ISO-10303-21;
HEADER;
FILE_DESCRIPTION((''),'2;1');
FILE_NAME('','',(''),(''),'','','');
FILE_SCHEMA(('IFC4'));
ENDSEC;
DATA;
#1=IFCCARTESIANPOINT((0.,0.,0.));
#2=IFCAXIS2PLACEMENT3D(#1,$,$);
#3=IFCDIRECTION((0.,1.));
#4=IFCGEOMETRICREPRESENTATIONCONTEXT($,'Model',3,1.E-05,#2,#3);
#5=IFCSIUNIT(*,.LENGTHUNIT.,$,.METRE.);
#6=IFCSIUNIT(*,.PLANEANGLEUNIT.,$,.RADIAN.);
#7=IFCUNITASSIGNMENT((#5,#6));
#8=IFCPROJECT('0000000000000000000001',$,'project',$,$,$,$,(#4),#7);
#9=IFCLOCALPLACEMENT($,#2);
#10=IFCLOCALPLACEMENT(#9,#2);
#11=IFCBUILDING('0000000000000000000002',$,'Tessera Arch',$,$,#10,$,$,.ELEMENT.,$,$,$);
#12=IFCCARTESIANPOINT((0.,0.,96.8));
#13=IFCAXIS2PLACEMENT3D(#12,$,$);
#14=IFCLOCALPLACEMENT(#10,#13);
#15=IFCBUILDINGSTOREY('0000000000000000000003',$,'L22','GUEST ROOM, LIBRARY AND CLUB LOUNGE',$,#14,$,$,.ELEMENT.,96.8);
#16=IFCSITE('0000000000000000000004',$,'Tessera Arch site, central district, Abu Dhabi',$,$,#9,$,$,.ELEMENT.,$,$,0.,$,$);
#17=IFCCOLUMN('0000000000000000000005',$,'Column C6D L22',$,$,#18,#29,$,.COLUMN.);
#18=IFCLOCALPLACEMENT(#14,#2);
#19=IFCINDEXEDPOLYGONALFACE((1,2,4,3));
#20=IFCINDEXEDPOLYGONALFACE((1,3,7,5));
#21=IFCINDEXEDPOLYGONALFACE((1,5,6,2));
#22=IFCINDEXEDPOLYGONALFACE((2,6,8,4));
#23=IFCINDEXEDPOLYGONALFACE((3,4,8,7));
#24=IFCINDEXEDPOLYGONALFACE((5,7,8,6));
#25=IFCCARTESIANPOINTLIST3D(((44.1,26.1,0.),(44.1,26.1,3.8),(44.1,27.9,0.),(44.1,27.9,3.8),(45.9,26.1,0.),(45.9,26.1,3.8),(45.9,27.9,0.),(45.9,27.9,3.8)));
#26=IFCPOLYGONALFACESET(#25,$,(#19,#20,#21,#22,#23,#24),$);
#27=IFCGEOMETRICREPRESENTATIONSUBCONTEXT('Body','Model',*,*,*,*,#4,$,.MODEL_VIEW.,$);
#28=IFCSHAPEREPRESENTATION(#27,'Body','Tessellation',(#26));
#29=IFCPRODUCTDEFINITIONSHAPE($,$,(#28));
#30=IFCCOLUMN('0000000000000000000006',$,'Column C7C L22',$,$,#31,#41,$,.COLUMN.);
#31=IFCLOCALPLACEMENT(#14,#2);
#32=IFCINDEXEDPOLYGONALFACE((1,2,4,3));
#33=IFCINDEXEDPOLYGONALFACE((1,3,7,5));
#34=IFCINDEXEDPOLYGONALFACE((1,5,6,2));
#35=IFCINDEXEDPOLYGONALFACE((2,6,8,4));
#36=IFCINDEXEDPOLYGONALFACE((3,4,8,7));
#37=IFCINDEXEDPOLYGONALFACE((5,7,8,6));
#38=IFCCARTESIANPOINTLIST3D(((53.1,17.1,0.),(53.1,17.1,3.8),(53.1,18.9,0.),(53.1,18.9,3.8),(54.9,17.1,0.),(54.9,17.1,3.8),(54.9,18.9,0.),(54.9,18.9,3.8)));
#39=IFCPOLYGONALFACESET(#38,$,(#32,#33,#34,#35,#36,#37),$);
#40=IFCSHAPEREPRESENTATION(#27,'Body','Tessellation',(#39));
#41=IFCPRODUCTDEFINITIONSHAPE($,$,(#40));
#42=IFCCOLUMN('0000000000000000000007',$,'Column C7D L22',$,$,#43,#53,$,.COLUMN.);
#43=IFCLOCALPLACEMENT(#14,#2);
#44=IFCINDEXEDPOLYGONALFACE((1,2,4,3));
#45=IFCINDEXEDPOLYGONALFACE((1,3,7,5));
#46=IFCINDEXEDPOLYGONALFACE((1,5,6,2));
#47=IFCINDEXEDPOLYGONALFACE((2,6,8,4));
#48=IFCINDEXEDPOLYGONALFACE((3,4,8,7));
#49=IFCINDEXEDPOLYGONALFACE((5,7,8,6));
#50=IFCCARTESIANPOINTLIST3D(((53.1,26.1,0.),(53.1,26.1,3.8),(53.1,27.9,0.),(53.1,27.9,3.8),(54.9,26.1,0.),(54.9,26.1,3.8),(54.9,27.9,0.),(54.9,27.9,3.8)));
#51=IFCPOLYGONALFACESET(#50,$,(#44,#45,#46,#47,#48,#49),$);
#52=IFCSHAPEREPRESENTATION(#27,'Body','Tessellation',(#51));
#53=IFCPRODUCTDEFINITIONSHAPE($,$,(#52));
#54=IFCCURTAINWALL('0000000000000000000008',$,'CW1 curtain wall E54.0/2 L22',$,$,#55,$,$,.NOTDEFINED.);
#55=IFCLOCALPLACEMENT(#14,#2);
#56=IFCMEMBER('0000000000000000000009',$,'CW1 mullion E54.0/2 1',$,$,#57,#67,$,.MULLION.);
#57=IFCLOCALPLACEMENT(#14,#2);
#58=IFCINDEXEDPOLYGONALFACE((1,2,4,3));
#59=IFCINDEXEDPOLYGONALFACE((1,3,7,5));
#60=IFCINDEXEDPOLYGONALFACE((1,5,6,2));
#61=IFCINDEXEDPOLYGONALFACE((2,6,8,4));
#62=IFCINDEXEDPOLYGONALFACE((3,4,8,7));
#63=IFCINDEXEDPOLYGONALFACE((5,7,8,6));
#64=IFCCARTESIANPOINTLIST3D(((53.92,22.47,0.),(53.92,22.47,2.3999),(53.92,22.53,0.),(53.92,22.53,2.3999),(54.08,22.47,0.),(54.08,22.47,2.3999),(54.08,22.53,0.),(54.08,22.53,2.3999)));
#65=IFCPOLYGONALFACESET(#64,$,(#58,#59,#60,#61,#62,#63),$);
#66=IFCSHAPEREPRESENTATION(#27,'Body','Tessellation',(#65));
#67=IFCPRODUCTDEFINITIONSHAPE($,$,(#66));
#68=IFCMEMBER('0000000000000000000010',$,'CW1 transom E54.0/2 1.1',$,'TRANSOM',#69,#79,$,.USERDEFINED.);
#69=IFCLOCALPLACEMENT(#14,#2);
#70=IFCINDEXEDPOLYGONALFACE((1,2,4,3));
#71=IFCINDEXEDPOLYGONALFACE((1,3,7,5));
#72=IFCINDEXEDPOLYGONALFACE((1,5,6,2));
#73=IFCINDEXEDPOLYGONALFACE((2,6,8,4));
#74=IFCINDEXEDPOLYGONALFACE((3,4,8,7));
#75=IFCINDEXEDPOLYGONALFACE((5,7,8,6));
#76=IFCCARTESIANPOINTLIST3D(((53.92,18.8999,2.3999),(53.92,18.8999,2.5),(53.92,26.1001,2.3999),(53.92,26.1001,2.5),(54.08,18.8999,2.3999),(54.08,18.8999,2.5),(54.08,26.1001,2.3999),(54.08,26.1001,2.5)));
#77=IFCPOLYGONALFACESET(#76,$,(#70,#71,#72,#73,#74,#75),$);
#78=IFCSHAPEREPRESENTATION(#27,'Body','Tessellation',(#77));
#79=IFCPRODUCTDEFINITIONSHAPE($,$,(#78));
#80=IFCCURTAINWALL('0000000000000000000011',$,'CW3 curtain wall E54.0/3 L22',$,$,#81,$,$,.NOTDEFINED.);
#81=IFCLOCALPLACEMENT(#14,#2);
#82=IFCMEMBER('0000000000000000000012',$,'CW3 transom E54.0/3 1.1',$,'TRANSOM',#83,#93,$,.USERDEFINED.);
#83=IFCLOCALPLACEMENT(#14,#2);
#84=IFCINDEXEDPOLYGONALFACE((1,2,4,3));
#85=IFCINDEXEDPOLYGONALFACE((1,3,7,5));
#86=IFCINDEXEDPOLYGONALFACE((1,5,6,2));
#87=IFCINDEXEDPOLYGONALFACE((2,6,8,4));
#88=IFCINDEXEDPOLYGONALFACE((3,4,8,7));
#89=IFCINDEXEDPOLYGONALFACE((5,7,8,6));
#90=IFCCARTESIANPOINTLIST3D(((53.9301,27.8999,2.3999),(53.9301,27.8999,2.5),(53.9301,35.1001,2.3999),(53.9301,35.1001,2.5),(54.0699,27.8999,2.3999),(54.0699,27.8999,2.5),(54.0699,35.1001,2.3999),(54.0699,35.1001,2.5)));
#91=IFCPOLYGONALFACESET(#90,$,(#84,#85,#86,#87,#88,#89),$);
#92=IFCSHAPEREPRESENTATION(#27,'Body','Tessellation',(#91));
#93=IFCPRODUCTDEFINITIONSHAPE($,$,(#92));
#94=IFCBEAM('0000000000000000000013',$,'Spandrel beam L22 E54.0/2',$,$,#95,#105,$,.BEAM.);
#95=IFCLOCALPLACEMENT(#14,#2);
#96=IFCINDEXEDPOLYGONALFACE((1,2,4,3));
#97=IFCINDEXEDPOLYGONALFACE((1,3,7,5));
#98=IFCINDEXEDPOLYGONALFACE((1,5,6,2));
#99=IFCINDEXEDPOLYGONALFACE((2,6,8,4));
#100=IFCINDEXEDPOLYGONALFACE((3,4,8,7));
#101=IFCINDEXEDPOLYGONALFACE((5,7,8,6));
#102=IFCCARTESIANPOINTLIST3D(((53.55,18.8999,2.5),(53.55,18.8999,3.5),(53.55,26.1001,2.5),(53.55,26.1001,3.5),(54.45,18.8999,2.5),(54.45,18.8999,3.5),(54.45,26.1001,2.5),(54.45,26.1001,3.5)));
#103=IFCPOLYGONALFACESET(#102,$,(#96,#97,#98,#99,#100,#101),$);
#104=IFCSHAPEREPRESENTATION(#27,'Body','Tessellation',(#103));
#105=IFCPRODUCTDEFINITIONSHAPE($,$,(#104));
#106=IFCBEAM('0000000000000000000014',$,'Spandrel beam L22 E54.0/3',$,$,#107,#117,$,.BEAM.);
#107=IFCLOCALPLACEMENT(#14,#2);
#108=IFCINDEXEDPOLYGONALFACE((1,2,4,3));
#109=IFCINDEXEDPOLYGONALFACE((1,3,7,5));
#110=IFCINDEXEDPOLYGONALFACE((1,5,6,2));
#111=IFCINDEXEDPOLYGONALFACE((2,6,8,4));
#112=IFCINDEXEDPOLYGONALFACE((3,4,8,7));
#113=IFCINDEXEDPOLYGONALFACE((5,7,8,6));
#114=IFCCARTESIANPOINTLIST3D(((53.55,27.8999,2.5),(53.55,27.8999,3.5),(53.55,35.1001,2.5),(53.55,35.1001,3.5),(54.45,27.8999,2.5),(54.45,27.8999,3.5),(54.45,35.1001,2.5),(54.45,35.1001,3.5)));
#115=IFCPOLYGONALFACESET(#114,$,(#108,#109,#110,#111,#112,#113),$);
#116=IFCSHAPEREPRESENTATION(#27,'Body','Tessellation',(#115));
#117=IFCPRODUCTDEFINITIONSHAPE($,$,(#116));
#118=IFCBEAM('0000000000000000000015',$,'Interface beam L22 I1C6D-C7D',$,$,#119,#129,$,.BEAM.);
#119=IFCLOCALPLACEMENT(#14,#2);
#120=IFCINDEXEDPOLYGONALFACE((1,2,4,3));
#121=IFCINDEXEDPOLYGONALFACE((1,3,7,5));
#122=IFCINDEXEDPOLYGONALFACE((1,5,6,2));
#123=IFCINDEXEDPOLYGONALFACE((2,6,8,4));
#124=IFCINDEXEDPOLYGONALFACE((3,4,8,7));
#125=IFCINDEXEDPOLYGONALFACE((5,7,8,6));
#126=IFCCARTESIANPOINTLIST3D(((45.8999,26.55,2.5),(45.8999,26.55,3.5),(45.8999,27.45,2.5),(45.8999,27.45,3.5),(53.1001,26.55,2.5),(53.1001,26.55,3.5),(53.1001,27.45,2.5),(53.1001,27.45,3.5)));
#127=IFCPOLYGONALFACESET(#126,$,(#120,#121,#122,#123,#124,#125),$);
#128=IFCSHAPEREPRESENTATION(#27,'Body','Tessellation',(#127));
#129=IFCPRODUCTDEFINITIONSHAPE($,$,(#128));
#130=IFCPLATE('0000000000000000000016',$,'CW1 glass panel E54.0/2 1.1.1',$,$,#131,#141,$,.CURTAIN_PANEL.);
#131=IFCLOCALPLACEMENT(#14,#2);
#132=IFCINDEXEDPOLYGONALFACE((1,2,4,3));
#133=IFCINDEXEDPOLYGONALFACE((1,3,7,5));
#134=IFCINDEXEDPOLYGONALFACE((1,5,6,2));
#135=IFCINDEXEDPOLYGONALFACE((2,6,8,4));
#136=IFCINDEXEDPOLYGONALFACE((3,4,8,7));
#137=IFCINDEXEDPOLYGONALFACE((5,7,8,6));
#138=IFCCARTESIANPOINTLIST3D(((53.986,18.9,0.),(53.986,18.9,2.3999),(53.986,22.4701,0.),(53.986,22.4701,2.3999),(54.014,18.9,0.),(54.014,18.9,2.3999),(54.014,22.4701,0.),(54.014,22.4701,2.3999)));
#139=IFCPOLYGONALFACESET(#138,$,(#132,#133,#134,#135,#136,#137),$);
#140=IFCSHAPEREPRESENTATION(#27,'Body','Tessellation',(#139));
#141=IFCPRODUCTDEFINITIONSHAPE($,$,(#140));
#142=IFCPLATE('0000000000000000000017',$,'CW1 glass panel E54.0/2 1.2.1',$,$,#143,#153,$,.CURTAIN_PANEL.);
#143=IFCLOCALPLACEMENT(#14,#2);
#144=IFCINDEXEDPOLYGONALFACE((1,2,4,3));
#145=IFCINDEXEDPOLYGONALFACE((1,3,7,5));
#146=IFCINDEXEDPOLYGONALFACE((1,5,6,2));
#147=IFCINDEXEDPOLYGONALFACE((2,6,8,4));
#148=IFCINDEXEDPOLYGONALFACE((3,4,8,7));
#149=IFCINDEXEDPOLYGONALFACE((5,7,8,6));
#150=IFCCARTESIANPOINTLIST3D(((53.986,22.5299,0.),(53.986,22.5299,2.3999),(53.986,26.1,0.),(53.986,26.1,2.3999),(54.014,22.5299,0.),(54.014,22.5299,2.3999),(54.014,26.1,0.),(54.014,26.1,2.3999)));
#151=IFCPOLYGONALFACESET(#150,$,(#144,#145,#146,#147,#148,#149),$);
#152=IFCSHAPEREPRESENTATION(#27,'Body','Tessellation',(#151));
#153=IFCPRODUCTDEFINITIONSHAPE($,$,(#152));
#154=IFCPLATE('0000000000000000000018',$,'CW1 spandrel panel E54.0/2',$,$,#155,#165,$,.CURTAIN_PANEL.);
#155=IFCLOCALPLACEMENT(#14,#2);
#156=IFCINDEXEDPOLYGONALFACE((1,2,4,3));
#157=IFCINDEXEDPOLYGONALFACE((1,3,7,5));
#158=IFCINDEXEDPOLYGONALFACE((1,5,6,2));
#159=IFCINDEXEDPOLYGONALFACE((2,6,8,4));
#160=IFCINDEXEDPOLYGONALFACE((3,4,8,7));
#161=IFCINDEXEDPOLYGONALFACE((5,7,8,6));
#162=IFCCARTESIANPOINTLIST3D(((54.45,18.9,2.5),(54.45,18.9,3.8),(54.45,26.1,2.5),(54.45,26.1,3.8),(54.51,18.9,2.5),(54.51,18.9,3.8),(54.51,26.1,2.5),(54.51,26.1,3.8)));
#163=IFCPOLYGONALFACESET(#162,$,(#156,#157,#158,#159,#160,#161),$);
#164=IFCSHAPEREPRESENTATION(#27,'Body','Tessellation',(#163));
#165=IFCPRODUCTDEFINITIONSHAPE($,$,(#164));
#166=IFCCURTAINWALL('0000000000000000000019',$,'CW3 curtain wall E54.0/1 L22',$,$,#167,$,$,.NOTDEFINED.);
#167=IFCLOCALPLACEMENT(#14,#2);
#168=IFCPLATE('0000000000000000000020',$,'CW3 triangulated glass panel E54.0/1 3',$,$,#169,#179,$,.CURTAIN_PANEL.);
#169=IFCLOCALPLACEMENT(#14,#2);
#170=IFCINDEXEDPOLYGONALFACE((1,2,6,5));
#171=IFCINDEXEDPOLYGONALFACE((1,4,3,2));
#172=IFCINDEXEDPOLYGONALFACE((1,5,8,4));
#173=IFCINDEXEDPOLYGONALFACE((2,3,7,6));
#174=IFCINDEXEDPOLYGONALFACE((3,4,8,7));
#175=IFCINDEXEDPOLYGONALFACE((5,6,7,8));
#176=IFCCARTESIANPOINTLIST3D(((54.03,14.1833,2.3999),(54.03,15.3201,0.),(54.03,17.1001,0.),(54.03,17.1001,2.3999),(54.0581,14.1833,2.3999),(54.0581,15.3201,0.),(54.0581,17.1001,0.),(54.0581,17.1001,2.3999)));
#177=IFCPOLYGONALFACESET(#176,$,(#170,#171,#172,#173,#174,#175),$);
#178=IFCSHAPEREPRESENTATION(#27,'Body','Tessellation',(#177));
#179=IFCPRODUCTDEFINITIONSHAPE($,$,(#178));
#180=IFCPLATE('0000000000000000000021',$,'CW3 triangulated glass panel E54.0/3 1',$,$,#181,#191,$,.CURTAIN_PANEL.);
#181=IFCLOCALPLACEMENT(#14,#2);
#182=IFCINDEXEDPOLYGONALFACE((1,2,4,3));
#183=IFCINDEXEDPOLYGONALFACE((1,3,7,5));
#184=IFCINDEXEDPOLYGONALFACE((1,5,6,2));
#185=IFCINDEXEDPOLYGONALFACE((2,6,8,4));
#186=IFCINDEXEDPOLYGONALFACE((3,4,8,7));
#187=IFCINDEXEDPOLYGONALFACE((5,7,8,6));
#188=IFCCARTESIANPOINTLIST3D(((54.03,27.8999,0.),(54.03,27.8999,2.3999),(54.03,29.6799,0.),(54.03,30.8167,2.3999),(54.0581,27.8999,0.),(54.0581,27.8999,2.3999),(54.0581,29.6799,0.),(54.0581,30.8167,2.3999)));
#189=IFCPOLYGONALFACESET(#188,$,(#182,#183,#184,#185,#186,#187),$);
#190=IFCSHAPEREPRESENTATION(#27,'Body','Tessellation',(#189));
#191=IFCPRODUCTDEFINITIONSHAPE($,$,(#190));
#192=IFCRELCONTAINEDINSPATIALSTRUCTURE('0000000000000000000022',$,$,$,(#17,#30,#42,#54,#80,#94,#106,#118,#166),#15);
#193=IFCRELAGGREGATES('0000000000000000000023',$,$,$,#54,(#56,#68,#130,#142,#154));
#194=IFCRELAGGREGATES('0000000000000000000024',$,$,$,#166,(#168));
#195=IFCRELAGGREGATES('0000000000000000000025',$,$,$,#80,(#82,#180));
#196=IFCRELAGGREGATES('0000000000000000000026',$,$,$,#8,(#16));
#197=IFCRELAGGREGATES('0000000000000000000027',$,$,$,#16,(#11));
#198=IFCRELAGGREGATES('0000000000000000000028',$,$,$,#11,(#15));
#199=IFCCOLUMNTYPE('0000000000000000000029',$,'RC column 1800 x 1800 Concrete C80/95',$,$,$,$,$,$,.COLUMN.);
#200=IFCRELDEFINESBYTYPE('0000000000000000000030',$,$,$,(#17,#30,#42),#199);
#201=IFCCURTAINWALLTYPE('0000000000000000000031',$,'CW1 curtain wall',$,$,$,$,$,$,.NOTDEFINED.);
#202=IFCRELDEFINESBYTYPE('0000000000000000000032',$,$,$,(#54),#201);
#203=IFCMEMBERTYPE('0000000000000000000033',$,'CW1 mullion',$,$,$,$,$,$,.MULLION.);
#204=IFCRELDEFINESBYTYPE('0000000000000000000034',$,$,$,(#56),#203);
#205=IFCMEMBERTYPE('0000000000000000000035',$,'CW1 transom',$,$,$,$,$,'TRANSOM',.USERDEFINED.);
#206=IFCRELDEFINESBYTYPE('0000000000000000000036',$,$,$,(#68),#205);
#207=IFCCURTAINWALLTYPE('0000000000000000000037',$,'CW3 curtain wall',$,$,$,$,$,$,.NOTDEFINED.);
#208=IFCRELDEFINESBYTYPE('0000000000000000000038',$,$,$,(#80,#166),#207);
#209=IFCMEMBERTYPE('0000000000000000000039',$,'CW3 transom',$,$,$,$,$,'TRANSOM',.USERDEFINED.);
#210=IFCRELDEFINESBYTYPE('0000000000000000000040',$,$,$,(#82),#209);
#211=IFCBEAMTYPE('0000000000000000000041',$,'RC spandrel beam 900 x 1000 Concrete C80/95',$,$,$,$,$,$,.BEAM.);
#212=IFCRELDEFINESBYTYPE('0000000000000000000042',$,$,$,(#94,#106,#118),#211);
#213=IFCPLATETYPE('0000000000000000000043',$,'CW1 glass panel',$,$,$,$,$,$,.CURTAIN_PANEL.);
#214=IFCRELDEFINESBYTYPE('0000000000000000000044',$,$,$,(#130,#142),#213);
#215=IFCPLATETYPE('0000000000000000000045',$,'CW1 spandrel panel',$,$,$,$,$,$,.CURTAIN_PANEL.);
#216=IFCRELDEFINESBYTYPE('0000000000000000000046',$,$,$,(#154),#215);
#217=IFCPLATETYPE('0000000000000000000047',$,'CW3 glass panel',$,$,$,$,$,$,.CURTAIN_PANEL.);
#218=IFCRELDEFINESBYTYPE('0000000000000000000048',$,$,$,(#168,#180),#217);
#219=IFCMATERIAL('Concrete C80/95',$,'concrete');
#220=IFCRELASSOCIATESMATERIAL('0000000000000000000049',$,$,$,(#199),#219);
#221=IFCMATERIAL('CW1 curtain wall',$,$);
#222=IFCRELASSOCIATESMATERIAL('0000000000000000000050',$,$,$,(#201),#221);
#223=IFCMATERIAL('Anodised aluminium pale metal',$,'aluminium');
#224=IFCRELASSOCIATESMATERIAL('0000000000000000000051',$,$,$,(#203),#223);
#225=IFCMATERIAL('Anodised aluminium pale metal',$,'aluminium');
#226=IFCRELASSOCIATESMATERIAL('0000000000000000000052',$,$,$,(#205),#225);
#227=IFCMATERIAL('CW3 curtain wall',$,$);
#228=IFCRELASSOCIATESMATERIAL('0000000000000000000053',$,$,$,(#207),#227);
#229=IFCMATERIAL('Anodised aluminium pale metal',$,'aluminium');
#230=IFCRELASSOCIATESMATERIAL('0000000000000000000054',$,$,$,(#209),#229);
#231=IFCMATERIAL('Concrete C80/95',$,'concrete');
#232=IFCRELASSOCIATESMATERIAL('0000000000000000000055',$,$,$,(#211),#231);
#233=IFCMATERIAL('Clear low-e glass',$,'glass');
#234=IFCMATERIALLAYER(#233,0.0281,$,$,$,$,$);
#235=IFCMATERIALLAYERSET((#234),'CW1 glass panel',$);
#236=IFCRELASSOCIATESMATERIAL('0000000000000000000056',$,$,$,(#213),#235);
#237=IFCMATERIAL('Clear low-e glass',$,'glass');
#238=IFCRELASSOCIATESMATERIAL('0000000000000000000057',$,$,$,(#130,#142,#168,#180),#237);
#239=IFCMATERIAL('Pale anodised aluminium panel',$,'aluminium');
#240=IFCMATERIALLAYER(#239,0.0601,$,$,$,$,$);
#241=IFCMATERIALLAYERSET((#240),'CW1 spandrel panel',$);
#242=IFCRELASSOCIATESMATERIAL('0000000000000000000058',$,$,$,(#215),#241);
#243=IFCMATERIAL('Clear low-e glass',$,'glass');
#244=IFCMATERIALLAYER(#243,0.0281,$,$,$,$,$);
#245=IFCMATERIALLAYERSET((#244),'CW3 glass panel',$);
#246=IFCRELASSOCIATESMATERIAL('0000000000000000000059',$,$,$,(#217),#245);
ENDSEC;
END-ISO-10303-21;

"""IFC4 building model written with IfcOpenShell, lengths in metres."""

from ifc_helpers import new_model, si_unit, direction, frame, origin, origin_2d, place, context, subcontext, project, spatial, polyline, rectangle, outline, extrude, material, layer, layer_set, material_profile, profile_set, type_object, element, aggregate, save


model = new_model("IFC4")

# Units and contexts
model_context = context("Model", 3, precision=1e-05, world=origin(), true_north=direction((0.0, 1.0)))
body_context = subcontext(model_context, "Body", "Model", "MODEL_VIEW")
ifc_project = project(units=[si_unit("LENGTHUNIT", "METRE"), si_unit("PLANEANGLEUNIT", "RADIAN")], contexts=[model_context])

# Site, building, storey
site_placement = place(None, origin())
site = spatial("IfcSite", under=ifc_project, at=site_placement, Name="Tessera Arch site, central district, Abu Dhabi", CompositionType="ELEMENT", RefElevation=0.0)
building_placement = place(site_placement, origin())
building = spatial("IfcBuilding", under=site, at=building_placement, Name="Tessera Arch", CompositionType="ELEMENT")
storey_placement = place(building_placement, frame((0.0, 0.0, 96.8)))
storey = spatial("IfcBuildingStorey", under=building, at=storey_placement, Name="L22", Description="GUEST ROOM, LIBRARY AND CLUB LOUNGE", CompositionType="ELEMENT", Elevation=96.8)

# Columns
ifc_material_1 = material(Name="Concrete C80/95", Category="concrete")
ifc_material_profile_1 = material_profile(ifc_material_1, rectangle(XDim=1.8, YDim=1.8, at=origin_2d()), Name="RC column 1800 x 1800 Concrete C80/95")
ifc_profile_set_1 = profile_set([ifc_material_profile_1], Name="Concrete C80/95")
column_type = type_object("IfcColumnType", Name="RC column 1800 x 1800 Concrete C80/95", PredefinedType="COLUMN", material=ifc_profile_set_1)
for number, where, z_axis, x_axis, name in (
    (1, (45.0, 27.0, 0.0), (0.0, 0.0, 1.0), (1.0, 0.0, 0.0), "Column C6D L22"),
    (2, (54.0, 18.0, 0.0), (0.0, 0.0, 1.0), (1.0, 0.0, 0.0), "Column C7C L22"),
    (3, (54.0, 27.0, 0.0), (0.0, 0.0, 1.0), (1.0, 0.0, 0.0), "Column C7D L22"),
):
    element("IfcColumn", number, at=place(storey_placement, frame(where, z_axis=z_axis, x_axis=x_axis)), inside=storey, type_object=column_type, Name=name, PredefinedType="COLUMN", context=body_context, shape_type="SweptSolid", body=[
        extrude(rectangle(XDim=1.8, YDim=1.8, at=origin_2d()), origin(), (0.0, 0.0, 1.0), 3.8),
    ])

# Curtain wall, members
ifc_material_2 = material(Name="CW1 curtain wall")
curtain_wall_type_1 = type_object("IfcCurtainWallType", Name="CW1 curtain wall", PredefinedType="NOTDEFINED", material=ifc_material_2)
curtain_wall_1_placement = place(storey_placement, origin())
curtain_wall_1 = element("IfcCurtainWall", 4, at=curtain_wall_1_placement, inside=storey, type_object=curtain_wall_type_1, Name="CW1 curtain wall E54.0/2 L22", PredefinedType="NOTDEFINED")
ifc_material_3 = material(Name="Anodised aluminium pale metal", Category="aluminium")
ifc_material_profile_2 = material_profile(ifc_material_3, rectangle(XDim=0.1599, YDim=0.0601, at=origin_2d()), Name="AL 60x160")
ifc_profile_set_2 = profile_set([ifc_material_profile_2], Name="Anodised aluminium pale metal")
member_type_1 = type_object("IfcMemberType", Name="CW1 mullion", PredefinedType="MULLION", material=ifc_profile_set_2)
member_1_placement = place(storey_placement, frame((54.0, 22.5, 0.0), z_axis=(0.0, 0.0, 1.0), x_axis=(-1.0, 0.0, 0.0)))
member_1 = element("IfcMember", 5, at=member_1_placement, type_object=member_type_1, Name="CW1 mullion E54.0/2 1", PredefinedType="MULLION", context=body_context, shape_type="SweptSolid", body=[
    extrude(rectangle(XDim=0.1599, YDim=0.0601, at=origin_2d()), origin(), (0.0, 0.0, 1.0), 2.3999),
])
ifc_material_4 = material(Name="Anodised aluminium pale metal", Category="aluminium")
ifc_material_profile_3 = material_profile(ifc_material_4, rectangle(XDim=0.1599, YDim=0.1001, at=origin_2d()), Name="AL 160x100")
ifc_profile_set_3 = profile_set([ifc_material_profile_3], Name="Anodised aluminium pale metal")
member_type_2 = type_object("IfcMemberType", Name="CW1 transom", ElementType="TRANSOM", PredefinedType="USERDEFINED", material=ifc_profile_set_3)
member_2_placement = place(storey_placement, frame((54.0, 18.8999, 2.45), z_axis=(0.0, 1.0, 0.0), x_axis=(-1.0, 0.0, 0.0)))
member_2 = element("IfcMember", 6, at=member_2_placement, type_object=member_type_2, Name="CW1 transom E54.0/2 1.1", ObjectType="TRANSOM", PredefinedType="USERDEFINED", context=body_context, shape_type="SweptSolid", body=[
    extrude(rectangle(XDim=0.1599, YDim=0.1001, at=origin_2d()), origin(), (0.0, 0.0, 1.0), 7.2002),
])

# Curtain wall, member
ifc_material_5 = material(Name="CW3 curtain wall")
curtain_wall_type_2 = type_object("IfcCurtainWallType", Name="CW3 curtain wall", PredefinedType="NOTDEFINED", material=ifc_material_5)
curtain_wall_2_placement = place(storey_placement, origin())
curtain_wall_2 = element("IfcCurtainWall", 7, at=curtain_wall_2_placement, inside=storey, type_object=curtain_wall_type_2, Name="CW3 curtain wall E54.0/3 L22", PredefinedType="NOTDEFINED")
ifc_material_6 = material(Name="Anodised aluminium pale metal", Category="aluminium")
ifc_material_profile_4 = material_profile(ifc_material_6, rectangle(XDim=0.1399, YDim=0.1001, at=origin_2d()), Name="AL 140x100")
ifc_profile_set_4 = profile_set([ifc_material_profile_4], Name="Anodised aluminium pale metal")
member_type_3 = type_object("IfcMemberType", Name="CW3 transom", ElementType="TRANSOM", PredefinedType="USERDEFINED", material=ifc_profile_set_4)
member_3_placement = place(storey_placement, frame((54.0, 27.8999, 2.45), z_axis=(0.0, 1.0, 0.0), x_axis=(-1.0, 0.0, 0.0)))
member_3 = element("IfcMember", 8, at=member_3_placement, type_object=member_type_3, Name="CW3 transom E54.0/3 1.1", ObjectType="TRANSOM", PredefinedType="USERDEFINED", context=body_context, shape_type="SweptSolid", body=[
    extrude(rectangle(XDim=0.1399, YDim=0.1001, at=origin_2d()), origin(), (0.0, 0.0, 1.0), 7.2002),
])

# Beams
ifc_material_7 = material(Name="Concrete C80/95", Category="concrete")
ifc_material_profile_5 = material_profile(ifc_material_7, rectangle(XDim=0.8999, YDim=1.0, at=origin_2d()), Name="RC spandrel beam 900 x 1000 Concrete C80/95")
ifc_profile_set_5 = profile_set([ifc_material_profile_5], Name="Concrete C80/95")
beam_type = type_object("IfcBeamType", Name="RC spandrel beam 900 x 1000 Concrete C80/95", PredefinedType="BEAM", material=ifc_profile_set_5)
for number, where, z_axis, x_axis, name in (
    (9, (54.0, 18.8999, 3.0), (0.0, 1.0, 0.0), (-1.0, 0.0, 0.0), "Spandrel beam L22 E54.0/2"),
    (10, (54.0, 27.8999, 3.0), (0.0, 1.0, 0.0), (-1.0, 0.0, 0.0), "Spandrel beam L22 E54.0/3"),
    (11, (45.8999, 27.0, 3.0), (1.0, 0.0, 0.0), (0.0, 1.0, 0.0), "Interface beam L22 I1C6D-C7D"),
):
    element("IfcBeam", number, at=place(storey_placement, frame(where, z_axis=z_axis, x_axis=x_axis)), inside=storey, type_object=beam_type, Name=name, PredefinedType="BEAM", context=body_context, shape_type="SweptSolid", body=[
        extrude(rectangle(XDim=0.8999, YDim=1.0, at=origin_2d()), origin(), (0.0, 0.0, 1.0), 7.2002),
    ])

# Plates
ifc_material_8 = material(Name="Clear low-e glass", Category="glass")
ifc_material_9 = material(Name="Clear low-e glass", Category="glass")
ifc_layer_1 = layer(ifc_material_9, 0.0281)
ifc_layer_set_1 = layer_set([ifc_layer_1], Name="CW1 glass panel")
plate_type_1 = type_object("IfcPlateType", Name="CW1 glass panel", PredefinedType="CURTAIN_PANEL", material=ifc_layer_set_1)
plate_1_placement = place(storey_placement, frame((54.0, 20.6851, 0.0), z_axis=(0.0, 0.0, 1.0), x_axis=(0.0, 1.0, 0.0)))
plate_1 = element("IfcPlate", 12, at=plate_1_placement, type_object=plate_type_1, material=ifc_material_8, Name="CW1 glass panel E54.0/2 1.1.1", PredefinedType="CURTAIN_PANEL", context=body_context, shape_type="SweptSolid", body=[
    extrude(rectangle(XDim=3.5701, YDim=0.0281, at=origin_2d()), origin(), (0.0, 0.0, 1.0), 2.3999),
])
plate_2_placement = place(storey_placement, frame((54.0, 24.3149, 0.0), z_axis=(0.0, 0.0, 1.0), x_axis=(0.0, 1.0, 0.0)))
plate_2 = element("IfcPlate", 13, at=plate_2_placement, type_object=plate_type_1, material=ifc_material_8, Name="CW1 glass panel E54.0/2 1.2.1", PredefinedType="CURTAIN_PANEL", context=body_context, shape_type="SweptSolid", body=[
    extrude(rectangle(XDim=3.5701, YDim=0.0281, at=origin_2d()), origin(), (0.0, 0.0, 1.0), 2.3999),
])
ifc_material_10 = material(Name="Pale anodised aluminium panel", Category="aluminium")
ifc_layer_2 = layer(ifc_material_10, 0.0601)
ifc_layer_set_2 = layer_set([ifc_layer_2], Name="CW1 spandrel panel")
plate_type_2 = type_object("IfcPlateType", Name="CW1 spandrel panel", PredefinedType="CURTAIN_PANEL", material=ifc_layer_set_2)
plate_3_placement = place(storey_placement, frame((54.48, 22.5, 2.5), z_axis=(0.0, 0.0, 1.0), x_axis=(0.0, 1.0, 0.0)))
plate_3 = element("IfcPlate", 14, at=plate_3_placement, type_object=plate_type_2, Name="CW1 spandrel panel E54.0/2", PredefinedType="CURTAIN_PANEL", context=body_context, shape_type="SweptSolid", body=[
    extrude(rectangle(XDim=7.2, YDim=0.0601, at=origin_2d()), origin(), (0.0, 0.0, 1.0), 1.3),
])
aggregate(curtain_wall_1, [member_1, member_2, plate_1, plate_2, plate_3])

# Curtain wall, plate
curtain_wall_3_placement = place(storey_placement, origin())
curtain_wall_3 = element("IfcCurtainWall", 15, at=curtain_wall_3_placement, inside=storey, type_object=curtain_wall_type_2, Name="CW3 curtain wall E54.0/1 L22", PredefinedType="NOTDEFINED")
ifc_material_11 = material(Name="Clear low-e glass", Category="glass")
ifc_layer_3 = layer(ifc_material_11, 0.0281)
ifc_layer_set_3 = layer_set([ifc_layer_3], Name="CW3 glass panel")
plate_type_3 = type_object("IfcPlateType", Name="CW3 glass panel", PredefinedType="CURTAIN_PANEL", material=ifc_layer_set_3)
plate_4_placement = place(storey_placement, frame((54.0581, 17.1001, 2.3999), z_axis=(1.0, 0.0, 0.0), x_axis=(0.0, -1.0, 0.0)))
plate_4 = element("IfcPlate", 16, at=plate_4_placement, type_object=plate_type_3, material=ifc_material_8, Name="CW3 triangulated glass panel E54.0/1 3", PredefinedType="CURTAIN_PANEL", context=body_context, shape_type="SweptSolid", body=[
    extrude(outline(polyline([(0.0, 0.0), (2.9167, 0.0), (1.78, 2.3999), (0.0, 2.3999), (0.0, 0.0)])), origin(), (0.0, 0.0, -1.0), 0.0281),
])
aggregate(curtain_wall_3, [plate_4])

# Plate
plate_5_placement = place(storey_placement, frame((54.0581, 27.8999, 0.0), z_axis=(1.0, 0.0, 0.0), x_axis=(0.0, 1.0, 0.0)))
plate_5 = element("IfcPlate", 17, at=plate_5_placement, type_object=plate_type_3, material=ifc_material_8, Name="CW3 triangulated glass panel E54.0/3 1", PredefinedType="CURTAIN_PANEL", context=body_context, shape_type="SweptSolid", body=[
    extrude(outline(polyline([(0.0, 0.0), (1.78, 0.0), (2.9167, 2.3999), (0.0, 2.3999), (0.0, 0.0)])), origin(), (0.0, 0.0, -1.0), 0.0281),
])
aggregate(curtain_wall_2, [member_3, plate_5])

save(model, "model.ifc")
